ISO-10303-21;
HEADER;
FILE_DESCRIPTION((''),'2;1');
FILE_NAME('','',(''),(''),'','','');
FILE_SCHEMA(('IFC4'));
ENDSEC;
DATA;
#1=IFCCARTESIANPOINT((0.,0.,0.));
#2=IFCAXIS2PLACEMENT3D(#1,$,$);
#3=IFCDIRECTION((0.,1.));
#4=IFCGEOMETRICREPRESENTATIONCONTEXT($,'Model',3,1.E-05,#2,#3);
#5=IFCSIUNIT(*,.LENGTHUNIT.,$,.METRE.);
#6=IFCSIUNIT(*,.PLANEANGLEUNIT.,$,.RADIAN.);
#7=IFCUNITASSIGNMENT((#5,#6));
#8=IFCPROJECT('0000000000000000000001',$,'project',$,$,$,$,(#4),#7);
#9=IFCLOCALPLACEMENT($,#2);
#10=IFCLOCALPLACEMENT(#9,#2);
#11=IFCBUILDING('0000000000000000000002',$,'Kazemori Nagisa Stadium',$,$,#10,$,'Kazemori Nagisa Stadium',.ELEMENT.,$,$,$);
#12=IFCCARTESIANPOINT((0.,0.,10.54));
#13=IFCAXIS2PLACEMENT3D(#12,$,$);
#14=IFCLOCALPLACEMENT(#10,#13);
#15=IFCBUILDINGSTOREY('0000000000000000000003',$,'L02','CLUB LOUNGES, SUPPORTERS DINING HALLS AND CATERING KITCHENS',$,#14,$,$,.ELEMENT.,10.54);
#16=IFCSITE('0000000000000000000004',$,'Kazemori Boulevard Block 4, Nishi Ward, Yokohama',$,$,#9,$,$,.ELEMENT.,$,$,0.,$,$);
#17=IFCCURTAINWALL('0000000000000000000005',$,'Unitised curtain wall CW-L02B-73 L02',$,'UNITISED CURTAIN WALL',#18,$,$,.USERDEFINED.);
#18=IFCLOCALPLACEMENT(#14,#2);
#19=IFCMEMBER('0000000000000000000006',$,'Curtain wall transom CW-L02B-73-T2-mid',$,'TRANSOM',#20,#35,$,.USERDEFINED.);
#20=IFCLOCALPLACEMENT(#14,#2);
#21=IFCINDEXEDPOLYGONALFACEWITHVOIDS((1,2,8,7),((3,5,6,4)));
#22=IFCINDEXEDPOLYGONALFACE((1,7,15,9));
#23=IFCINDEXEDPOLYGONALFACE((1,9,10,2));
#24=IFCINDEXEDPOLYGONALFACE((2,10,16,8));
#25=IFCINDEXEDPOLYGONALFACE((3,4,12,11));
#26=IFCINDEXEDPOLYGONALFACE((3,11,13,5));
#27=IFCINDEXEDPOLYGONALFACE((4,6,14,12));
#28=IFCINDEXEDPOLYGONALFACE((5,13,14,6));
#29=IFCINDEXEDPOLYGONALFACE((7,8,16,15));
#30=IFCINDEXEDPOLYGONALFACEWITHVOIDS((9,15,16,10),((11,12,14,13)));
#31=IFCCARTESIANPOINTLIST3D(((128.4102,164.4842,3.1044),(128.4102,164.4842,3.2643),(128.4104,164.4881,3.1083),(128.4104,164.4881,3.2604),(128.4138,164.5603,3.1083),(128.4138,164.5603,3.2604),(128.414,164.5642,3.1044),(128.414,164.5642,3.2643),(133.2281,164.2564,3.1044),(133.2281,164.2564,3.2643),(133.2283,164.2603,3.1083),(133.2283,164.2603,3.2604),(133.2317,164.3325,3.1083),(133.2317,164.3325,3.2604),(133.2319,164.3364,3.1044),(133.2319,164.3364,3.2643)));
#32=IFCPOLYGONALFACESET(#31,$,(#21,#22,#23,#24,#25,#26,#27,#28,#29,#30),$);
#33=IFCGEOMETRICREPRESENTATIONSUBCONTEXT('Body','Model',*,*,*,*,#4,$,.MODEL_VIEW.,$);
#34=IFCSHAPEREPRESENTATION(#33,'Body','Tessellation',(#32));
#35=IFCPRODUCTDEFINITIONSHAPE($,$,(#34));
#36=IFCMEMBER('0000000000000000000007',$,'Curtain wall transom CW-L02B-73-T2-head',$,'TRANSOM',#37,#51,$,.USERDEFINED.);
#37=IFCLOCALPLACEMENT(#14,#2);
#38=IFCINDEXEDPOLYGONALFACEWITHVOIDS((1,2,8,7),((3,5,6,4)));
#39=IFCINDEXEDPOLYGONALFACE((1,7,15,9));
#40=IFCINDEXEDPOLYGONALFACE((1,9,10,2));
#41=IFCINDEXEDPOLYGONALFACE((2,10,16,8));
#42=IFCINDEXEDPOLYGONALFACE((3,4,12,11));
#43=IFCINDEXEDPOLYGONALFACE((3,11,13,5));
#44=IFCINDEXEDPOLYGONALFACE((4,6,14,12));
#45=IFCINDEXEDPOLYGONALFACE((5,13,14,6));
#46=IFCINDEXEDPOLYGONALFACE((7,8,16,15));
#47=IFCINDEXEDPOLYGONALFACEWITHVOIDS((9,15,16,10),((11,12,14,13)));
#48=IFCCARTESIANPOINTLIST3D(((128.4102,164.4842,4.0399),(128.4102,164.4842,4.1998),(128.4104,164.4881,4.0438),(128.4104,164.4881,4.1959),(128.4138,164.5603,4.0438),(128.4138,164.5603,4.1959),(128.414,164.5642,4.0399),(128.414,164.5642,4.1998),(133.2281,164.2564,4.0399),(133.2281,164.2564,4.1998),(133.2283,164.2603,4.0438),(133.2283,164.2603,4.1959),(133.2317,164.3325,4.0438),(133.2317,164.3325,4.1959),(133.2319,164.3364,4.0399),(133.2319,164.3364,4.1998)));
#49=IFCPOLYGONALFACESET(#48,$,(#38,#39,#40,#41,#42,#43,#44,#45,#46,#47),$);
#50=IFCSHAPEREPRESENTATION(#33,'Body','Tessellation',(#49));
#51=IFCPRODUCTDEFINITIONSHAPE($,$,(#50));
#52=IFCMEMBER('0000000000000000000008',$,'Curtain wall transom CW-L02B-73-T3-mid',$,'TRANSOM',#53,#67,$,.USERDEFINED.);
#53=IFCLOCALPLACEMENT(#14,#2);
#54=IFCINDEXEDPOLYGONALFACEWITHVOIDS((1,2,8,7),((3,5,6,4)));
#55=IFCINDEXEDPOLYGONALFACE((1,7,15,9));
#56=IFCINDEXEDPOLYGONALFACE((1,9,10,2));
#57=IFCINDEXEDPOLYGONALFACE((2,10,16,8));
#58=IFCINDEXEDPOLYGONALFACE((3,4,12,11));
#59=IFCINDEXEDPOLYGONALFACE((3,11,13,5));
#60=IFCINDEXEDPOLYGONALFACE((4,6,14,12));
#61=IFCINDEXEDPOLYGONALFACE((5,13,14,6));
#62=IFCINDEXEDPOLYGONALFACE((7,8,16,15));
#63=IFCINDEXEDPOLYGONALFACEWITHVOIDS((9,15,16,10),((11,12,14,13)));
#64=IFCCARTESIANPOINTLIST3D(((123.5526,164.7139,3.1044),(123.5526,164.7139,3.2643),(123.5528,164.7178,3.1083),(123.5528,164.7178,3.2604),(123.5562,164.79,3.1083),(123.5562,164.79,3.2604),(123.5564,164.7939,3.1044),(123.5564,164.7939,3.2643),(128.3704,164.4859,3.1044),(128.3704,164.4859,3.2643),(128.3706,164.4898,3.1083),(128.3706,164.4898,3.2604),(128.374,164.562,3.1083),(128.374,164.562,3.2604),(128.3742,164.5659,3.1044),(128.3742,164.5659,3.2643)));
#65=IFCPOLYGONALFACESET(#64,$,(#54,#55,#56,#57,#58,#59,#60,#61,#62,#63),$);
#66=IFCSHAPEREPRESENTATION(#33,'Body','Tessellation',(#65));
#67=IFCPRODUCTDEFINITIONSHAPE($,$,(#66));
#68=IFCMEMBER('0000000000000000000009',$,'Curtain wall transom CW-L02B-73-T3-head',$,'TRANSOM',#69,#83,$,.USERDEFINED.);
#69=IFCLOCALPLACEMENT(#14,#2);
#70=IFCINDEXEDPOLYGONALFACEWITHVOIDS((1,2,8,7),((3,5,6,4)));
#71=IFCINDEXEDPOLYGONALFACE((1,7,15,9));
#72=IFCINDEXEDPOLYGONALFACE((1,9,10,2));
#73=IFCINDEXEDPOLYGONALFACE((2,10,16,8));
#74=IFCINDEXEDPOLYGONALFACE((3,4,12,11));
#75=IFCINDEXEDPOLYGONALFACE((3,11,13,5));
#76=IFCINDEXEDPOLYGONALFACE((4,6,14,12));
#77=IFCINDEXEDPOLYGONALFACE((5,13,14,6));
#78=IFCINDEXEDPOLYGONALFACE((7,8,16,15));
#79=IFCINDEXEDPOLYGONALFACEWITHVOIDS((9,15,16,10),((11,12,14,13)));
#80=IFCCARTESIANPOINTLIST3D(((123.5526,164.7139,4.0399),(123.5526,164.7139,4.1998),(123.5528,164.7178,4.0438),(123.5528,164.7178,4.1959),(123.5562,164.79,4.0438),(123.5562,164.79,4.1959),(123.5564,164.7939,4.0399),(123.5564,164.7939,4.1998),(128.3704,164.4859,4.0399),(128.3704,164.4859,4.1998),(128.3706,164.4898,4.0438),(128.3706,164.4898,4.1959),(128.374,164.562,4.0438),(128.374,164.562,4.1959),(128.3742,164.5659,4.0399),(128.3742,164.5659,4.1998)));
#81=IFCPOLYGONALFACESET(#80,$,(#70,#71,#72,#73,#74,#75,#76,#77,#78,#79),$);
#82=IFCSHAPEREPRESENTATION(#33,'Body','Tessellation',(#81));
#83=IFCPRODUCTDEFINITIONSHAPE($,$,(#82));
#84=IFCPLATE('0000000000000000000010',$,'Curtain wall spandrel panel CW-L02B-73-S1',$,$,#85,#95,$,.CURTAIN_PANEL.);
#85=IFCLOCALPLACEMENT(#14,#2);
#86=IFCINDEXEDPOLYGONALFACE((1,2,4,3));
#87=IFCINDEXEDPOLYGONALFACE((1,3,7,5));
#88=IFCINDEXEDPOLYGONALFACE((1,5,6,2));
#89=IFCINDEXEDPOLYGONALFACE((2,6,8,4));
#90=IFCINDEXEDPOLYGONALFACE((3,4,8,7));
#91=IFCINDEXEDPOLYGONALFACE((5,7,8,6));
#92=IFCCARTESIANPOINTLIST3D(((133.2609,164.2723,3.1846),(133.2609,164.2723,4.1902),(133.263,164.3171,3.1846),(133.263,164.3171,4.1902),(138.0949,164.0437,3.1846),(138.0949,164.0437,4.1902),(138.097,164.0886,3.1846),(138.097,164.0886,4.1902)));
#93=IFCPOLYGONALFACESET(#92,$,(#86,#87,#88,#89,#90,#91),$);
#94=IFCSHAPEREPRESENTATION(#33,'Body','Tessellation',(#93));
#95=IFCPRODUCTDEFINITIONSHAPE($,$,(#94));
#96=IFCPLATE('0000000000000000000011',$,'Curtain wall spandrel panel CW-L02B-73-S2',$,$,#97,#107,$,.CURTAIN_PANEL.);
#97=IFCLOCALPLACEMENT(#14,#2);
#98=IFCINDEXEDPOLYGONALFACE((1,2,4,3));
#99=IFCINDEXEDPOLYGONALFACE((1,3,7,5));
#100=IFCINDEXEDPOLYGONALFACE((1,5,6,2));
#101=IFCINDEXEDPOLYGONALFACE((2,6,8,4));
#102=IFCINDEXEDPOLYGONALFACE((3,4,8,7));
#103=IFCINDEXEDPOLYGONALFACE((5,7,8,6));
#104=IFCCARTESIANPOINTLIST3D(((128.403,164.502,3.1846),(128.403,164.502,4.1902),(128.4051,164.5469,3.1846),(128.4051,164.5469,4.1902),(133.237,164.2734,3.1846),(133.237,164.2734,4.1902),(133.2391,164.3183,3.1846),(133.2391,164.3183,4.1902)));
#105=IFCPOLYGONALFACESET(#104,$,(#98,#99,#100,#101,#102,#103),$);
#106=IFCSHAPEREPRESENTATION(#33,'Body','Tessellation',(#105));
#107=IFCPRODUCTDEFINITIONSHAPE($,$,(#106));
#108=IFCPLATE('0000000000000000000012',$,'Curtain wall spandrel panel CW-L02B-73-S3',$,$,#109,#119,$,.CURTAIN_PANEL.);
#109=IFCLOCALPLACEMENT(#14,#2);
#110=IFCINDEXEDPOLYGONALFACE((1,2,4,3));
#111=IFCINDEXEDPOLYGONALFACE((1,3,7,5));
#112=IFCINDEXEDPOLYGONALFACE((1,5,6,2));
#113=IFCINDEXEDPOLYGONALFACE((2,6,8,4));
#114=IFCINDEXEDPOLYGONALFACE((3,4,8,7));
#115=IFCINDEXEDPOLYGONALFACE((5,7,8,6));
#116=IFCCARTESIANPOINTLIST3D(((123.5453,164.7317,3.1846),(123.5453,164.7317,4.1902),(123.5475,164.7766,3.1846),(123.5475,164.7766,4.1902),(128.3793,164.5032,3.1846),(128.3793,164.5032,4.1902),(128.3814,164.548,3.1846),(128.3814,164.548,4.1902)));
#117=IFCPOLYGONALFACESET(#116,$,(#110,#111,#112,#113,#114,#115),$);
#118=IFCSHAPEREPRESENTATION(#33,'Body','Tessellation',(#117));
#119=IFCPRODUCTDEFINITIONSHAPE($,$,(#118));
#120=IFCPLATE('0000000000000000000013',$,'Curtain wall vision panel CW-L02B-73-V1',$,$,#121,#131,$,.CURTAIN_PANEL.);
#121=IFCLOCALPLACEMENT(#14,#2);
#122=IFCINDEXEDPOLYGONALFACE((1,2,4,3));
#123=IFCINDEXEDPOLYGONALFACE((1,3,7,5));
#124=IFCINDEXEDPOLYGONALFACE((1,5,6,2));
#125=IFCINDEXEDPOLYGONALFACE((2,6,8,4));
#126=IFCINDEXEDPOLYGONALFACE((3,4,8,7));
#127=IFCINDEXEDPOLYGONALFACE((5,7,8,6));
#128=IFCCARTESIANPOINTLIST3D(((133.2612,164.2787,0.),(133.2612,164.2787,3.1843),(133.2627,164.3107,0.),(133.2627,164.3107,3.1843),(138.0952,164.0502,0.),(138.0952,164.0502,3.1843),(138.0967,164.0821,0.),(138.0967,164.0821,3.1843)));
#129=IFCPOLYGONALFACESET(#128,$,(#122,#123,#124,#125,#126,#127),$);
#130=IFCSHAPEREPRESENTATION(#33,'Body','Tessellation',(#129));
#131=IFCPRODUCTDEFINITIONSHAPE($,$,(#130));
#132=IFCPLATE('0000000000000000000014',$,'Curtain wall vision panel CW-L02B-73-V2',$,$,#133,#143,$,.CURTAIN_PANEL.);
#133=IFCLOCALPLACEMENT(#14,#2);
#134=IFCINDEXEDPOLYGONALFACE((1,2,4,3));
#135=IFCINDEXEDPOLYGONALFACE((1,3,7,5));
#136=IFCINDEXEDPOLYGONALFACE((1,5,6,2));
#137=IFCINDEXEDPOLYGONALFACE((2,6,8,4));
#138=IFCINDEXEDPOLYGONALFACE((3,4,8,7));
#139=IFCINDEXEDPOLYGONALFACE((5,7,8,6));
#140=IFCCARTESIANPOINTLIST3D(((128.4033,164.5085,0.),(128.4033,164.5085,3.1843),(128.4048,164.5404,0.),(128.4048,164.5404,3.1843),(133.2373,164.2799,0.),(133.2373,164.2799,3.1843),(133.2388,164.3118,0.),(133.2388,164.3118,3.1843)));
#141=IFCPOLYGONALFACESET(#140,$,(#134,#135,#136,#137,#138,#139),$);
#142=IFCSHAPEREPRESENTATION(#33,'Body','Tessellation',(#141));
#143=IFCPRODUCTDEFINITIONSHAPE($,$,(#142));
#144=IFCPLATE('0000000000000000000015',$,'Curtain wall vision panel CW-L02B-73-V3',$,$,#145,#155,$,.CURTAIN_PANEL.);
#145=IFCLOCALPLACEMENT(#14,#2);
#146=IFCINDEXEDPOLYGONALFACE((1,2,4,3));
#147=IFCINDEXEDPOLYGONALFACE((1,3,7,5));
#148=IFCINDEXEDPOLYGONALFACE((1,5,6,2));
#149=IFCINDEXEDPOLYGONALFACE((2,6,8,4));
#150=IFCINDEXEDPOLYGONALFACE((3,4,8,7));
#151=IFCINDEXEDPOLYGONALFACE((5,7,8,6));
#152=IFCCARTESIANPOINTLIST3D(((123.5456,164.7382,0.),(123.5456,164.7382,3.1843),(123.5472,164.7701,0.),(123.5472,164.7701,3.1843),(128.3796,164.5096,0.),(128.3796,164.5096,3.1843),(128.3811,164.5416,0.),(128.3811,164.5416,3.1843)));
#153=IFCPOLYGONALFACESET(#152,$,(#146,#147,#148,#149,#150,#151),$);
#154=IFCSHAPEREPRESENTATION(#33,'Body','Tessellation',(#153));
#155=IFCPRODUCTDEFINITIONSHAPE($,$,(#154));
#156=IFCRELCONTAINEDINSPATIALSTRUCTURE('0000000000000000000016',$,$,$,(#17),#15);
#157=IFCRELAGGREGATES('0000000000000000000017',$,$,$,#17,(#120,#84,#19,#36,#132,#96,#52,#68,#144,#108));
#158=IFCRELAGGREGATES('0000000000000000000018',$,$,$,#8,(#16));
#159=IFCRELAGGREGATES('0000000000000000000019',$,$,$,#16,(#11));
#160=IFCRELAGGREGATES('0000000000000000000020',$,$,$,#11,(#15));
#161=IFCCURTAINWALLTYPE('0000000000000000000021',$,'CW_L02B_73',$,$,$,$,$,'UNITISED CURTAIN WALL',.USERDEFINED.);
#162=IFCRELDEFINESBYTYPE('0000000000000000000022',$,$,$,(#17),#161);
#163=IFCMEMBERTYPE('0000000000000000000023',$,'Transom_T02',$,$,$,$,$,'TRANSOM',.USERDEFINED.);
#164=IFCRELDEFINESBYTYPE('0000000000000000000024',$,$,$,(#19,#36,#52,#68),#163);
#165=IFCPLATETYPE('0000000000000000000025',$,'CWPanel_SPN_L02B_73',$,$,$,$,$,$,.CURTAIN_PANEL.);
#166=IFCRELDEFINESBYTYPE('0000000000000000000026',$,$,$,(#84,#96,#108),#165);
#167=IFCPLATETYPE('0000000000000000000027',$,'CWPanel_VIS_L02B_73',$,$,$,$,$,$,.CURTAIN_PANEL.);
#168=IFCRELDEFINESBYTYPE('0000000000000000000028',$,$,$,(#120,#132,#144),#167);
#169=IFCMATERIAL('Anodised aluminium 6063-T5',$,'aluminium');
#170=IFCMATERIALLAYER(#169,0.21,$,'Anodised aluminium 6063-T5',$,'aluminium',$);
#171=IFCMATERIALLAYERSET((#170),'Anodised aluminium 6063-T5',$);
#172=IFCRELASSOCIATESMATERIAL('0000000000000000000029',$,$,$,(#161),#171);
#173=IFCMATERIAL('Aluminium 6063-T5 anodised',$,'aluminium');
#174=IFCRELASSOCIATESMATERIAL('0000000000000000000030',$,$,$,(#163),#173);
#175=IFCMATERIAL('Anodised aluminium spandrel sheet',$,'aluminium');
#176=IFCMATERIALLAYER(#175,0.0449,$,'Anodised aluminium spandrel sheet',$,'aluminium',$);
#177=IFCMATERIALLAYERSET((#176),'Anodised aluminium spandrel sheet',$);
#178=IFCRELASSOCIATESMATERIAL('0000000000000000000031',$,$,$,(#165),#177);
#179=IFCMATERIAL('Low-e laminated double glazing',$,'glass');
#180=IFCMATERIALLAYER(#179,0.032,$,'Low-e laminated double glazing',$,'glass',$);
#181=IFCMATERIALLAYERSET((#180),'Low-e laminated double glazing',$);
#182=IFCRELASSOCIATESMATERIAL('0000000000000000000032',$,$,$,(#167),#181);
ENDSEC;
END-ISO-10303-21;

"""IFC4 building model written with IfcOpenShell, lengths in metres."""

from ifc_helpers import new_model, si_unit, direction, frame, origin, origin_2d, place, context, subcontext, project, spatial, rectangle, hollow_rectangle, extrude, material, layer, layer_set, material_profile, profile_set, type_object, element, aggregate, save


model = new_model("IFC4")

# Units and contexts
model_context = context("Model", 3, precision=1e-05, world=origin(), true_north=direction((0.0, 1.0)))
body_context = subcontext(model_context, "Body", "Model", "MODEL_VIEW")
ifc_project = project(units=[si_unit("LENGTHUNIT", "METRE"), si_unit("PLANEANGLEUNIT", "RADIAN")], contexts=[model_context])

# Site, building, storey
site_placement = place(None, origin())
site = spatial("IfcSite", under=ifc_project, at=site_placement, Name="Kazemori Boulevard Block 4, Nishi Ward, Yokohama", CompositionType="ELEMENT", RefElevation=0.0)
building_placement = place(site_placement, origin())
building = spatial("IfcBuilding", under=site, at=building_placement, Name="Kazemori Nagisa Stadium", LongName="Kazemori Nagisa Stadium", CompositionType="ELEMENT")
storey_placement = place(building_placement, frame((0.0, 0.0, 10.54)))
storey = spatial("IfcBuildingStorey", under=building, at=storey_placement, Name="L02", Description="CLUB LOUNGES, SUPPORTERS DINING HALLS AND CATERING KITCHENS", CompositionType="ELEMENT", Elevation=10.54)

# Shared definitions
ifc_material_1 = material(Name="Anodised aluminium 6063-T5", Category="aluminium")
ifc_material_2 = material(Name="Aluminium 6063-T5 anodised", Category="aluminium")

# Curtain wall, members, plates
ifc_layer_1 = layer(ifc_material_1, 0.21, Name="Anodised aluminium 6063-T5", Category="aluminium")
ifc_layer_set_1 = layer_set([ifc_layer_1], Name="Anodised aluminium 6063-T5")
curtain_wall_type_1 = type_object("IfcCurtainWallType", Name="CW_L02B_73", ElementType="UNITISED CURTAIN WALL", PredefinedType="USERDEFINED", material=ifc_layer_set_1)
curtain_wall_1_placement = place(storey_placement, origin())
curtain_wall_1 = element("IfcCurtainWall", 1, at=curtain_wall_1_placement, inside=storey, type_object=curtain_wall_type_1, Name="Unitised curtain wall CW-L02B-73 L02", ObjectType="UNITISED CURTAIN WALL", PredefinedType="USERDEFINED")
ifc_material_profile_1 = material_profile(ifc_material_2, hollow_rectangle(XDim=0.0801, YDim=0.1599, WallThickness=0.0039, at=origin_2d()), Name="ALU-TRAN-80x160x4")
ifc_profile_set_1 = profile_set([ifc_material_profile_1], Name="Aluminium 6063-T5 anodised")
member_type_1 = type_object("IfcMemberType", Name="Transom_T02", ElementType="TRANSOM", PredefinedType="USERDEFINED", material=ifc_profile_set_1)
member_1_placement = place(storey_placement, frame((133.23, 164.2964, 3.1843), z_axis=(-0.998884, 0.047226, 0.0), x_axis=(-0.047226, -0.998884, 0.0)))
member_1 = element("IfcMember", 2, at=member_1_placement, type_object=member_type_1, Name="Curtain wall transom CW-L02B-73-T2-mid", ObjectType="TRANSOM", PredefinedType="USERDEFINED", context=body_context, shape_type="SweptSolid", body=[
    extrude(hollow_rectangle(XDim=0.0801, YDim=0.1599, WallThickness=0.0039, at=origin_2d()), origin(), (0.0, 0.0, 1.0), 4.8232),
])
member_2_placement = place(storey_placement, frame((133.23, 164.2964, 4.1199), z_axis=(-0.998884, 0.047226, 0.0), x_axis=(-0.047226, -0.998884, 0.0)))
member_2 = element("IfcMember", 3, at=member_2_placement, type_object=member_type_1, Name="Curtain wall transom CW-L02B-73-T2-head", ObjectType="TRANSOM", PredefinedType="USERDEFINED", context=body_context, shape_type="SweptSolid", body=[
    extrude(hollow_rectangle(XDim=0.0801, YDim=0.1599, WallThickness=0.0039, at=origin_2d()), origin(), (0.0, 0.0, 1.0), 4.8232),
])
member_3_placement = place(storey_placement, frame((128.3723, 164.5259, 3.1843), z_axis=(-0.998882, 0.047277, 0.0), x_axis=(-0.047277, -0.998882, 0.0)))
member_3 = element("IfcMember", 4, at=member_3_placement, type_object=member_type_1, Name="Curtain wall transom CW-L02B-73-T3-mid", ObjectType="TRANSOM", PredefinedType="USERDEFINED", context=body_context, shape_type="SweptSolid", body=[
    extrude(hollow_rectangle(XDim=0.0801, YDim=0.1599, WallThickness=0.0039, at=origin_2d()), origin(), (0.0, 0.0, 1.0), 4.8232),
])
member_4_placement = place(storey_placement, frame((128.3723, 164.5259, 4.1199), z_axis=(-0.998882, 0.047277, 0.0), x_axis=(-0.047277, -0.998882, 0.0)))
member_4 = element("IfcMember", 5, at=member_4_placement, type_object=member_type_1, Name="Curtain wall transom CW-L02B-73-T3-head", ObjectType="TRANSOM", PredefinedType="USERDEFINED", context=body_context, shape_type="SweptSolid", body=[
    extrude(hollow_rectangle(XDim=0.0801, YDim=0.1599, WallThickness=0.0039, at=origin_2d()), origin(), (0.0, 0.0, 1.0), 4.8232),
])
ifc_material_3 = material(Name="Anodised aluminium spandrel sheet", Category="aluminium")
ifc_layer_2 = layer(ifc_material_3, 0.0449, Name="Anodised aluminium spandrel sheet", Category="aluminium")
ifc_layer_set_2 = layer_set([ifc_layer_2], Name="Anodised aluminium spandrel sheet")
plate_type_1 = type_object("IfcPlateType", Name="CWPanel_SPN_L02B_73", PredefinedType="CURTAIN_PANEL", material=ifc_layer_set_2)
plate_1_placement = place(storey_placement, frame((135.679, 164.1804, 3.1846), z_axis=(0.0, 0.0, 1.0), x_axis=(-0.998884, 0.04723, 0.0)))
plate_1 = element("IfcPlate", 6, at=plate_1_placement, type_object=plate_type_1, Name="Curtain wall spandrel panel CW-L02B-73-S1", PredefinedType="CURTAIN_PANEL", context=body_context, shape_type="SweptSolid", body=[
    extrude(rectangle(XDim=4.8394, YDim=0.0449, at=origin_2d()), origin(), (0.0, 0.0, 1.0), 1.0056),
])
plate_2_placement = place(storey_placement, frame((130.821, 164.4102, 3.1846), z_axis=(0.0, 0.0, 1.0), x_axis=(-0.998884, 0.04723, 0.0)))
plate_2 = element("IfcPlate", 7, at=plate_2_placement, type_object=plate_type_1, Name="Curtain wall spandrel panel CW-L02B-73-S2", PredefinedType="CURTAIN_PANEL", context=body_context, shape_type="SweptSolid", body=[
    extrude(rectangle(XDim=4.8394, YDim=0.0449, at=origin_2d()), origin(), (0.0, 0.0, 1.0), 1.0056),
])
plate_3_placement = place(storey_placement, frame((125.9634, 164.6399, 3.1846), z_axis=(0.0, 0.0, 1.0), x_axis=(-0.998884, 0.04723, 0.0)))
plate_3 = element("IfcPlate", 8, at=plate_3_placement, type_object=plate_type_1, Name="Curtain wall spandrel panel CW-L02B-73-S3", PredefinedType="CURTAIN_PANEL", context=body_context, shape_type="SweptSolid", body=[
    extrude(rectangle(XDim=4.8394, YDim=0.0449, at=origin_2d()), origin(), (0.0, 0.0, 1.0), 1.0056),
])
ifc_material_4 = material(Name="Low-e laminated double glazing", Category="glass")
ifc_layer_3 = layer(ifc_material_4, 0.032, Name="Low-e laminated double glazing", Category="glass")
ifc_layer_set_3 = layer_set([ifc_layer_3], Name="Low-e laminated double glazing")
plate_type_2 = type_object("IfcPlateType", Name="CWPanel_VIS_L02B_73", PredefinedType="CURTAIN_PANEL", material=ifc_layer_set_3)
plate_4_placement = place(storey_placement, frame((135.679, 164.1804, 0.0), z_axis=(0.0, 0.0, 1.0), x_axis=(-0.998884, 0.04723, 0.0)))
plate_4 = element("IfcPlate", 9, at=plate_4_placement, type_object=plate_type_2, Name="Curtain wall vision panel CW-L02B-73-V1", PredefinedType="CURTAIN_PANEL", context=body_context, shape_type="SweptSolid", body=[
    extrude(rectangle(XDim=4.8394, YDim=0.032, at=origin_2d()), origin(), (0.0, 0.0, 1.0), 3.1843),
])
plate_5_placement = place(storey_placement, frame((130.821, 164.4102, 0.0), z_axis=(0.0, 0.0, 1.0), x_axis=(-0.998884, 0.04723, 0.0)))
plate_5 = element("IfcPlate", 10, at=plate_5_placement, type_object=plate_type_2, Name="Curtain wall vision panel CW-L02B-73-V2", PredefinedType="CURTAIN_PANEL", context=body_context, shape_type="SweptSolid", body=[
    extrude(rectangle(XDim=4.8394, YDim=0.032, at=origin_2d()), origin(), (0.0, 0.0, 1.0), 3.1843),
])
plate_6_placement = place(storey_placement, frame((125.9634, 164.6399, 0.0), z_axis=(0.0, 0.0, 1.0), x_axis=(-0.998884, 0.04723, 0.0)))
plate_6 = element("IfcPlate", 11, at=plate_6_placement, type_object=plate_type_2, Name="Curtain wall vision panel CW-L02B-73-V3", PredefinedType="CURTAIN_PANEL", context=body_context, shape_type="SweptSolid", body=[
    extrude(rectangle(XDim=4.8394, YDim=0.032, at=origin_2d()), origin(), (0.0, 0.0, 1.0), 3.1843),
])
aggregate(curtain_wall_1, [plate_4, plate_1, member_1, member_2, plate_5, plate_2, member_3, member_4, plate_6, plate_3])

save(model, "model.ifc")
